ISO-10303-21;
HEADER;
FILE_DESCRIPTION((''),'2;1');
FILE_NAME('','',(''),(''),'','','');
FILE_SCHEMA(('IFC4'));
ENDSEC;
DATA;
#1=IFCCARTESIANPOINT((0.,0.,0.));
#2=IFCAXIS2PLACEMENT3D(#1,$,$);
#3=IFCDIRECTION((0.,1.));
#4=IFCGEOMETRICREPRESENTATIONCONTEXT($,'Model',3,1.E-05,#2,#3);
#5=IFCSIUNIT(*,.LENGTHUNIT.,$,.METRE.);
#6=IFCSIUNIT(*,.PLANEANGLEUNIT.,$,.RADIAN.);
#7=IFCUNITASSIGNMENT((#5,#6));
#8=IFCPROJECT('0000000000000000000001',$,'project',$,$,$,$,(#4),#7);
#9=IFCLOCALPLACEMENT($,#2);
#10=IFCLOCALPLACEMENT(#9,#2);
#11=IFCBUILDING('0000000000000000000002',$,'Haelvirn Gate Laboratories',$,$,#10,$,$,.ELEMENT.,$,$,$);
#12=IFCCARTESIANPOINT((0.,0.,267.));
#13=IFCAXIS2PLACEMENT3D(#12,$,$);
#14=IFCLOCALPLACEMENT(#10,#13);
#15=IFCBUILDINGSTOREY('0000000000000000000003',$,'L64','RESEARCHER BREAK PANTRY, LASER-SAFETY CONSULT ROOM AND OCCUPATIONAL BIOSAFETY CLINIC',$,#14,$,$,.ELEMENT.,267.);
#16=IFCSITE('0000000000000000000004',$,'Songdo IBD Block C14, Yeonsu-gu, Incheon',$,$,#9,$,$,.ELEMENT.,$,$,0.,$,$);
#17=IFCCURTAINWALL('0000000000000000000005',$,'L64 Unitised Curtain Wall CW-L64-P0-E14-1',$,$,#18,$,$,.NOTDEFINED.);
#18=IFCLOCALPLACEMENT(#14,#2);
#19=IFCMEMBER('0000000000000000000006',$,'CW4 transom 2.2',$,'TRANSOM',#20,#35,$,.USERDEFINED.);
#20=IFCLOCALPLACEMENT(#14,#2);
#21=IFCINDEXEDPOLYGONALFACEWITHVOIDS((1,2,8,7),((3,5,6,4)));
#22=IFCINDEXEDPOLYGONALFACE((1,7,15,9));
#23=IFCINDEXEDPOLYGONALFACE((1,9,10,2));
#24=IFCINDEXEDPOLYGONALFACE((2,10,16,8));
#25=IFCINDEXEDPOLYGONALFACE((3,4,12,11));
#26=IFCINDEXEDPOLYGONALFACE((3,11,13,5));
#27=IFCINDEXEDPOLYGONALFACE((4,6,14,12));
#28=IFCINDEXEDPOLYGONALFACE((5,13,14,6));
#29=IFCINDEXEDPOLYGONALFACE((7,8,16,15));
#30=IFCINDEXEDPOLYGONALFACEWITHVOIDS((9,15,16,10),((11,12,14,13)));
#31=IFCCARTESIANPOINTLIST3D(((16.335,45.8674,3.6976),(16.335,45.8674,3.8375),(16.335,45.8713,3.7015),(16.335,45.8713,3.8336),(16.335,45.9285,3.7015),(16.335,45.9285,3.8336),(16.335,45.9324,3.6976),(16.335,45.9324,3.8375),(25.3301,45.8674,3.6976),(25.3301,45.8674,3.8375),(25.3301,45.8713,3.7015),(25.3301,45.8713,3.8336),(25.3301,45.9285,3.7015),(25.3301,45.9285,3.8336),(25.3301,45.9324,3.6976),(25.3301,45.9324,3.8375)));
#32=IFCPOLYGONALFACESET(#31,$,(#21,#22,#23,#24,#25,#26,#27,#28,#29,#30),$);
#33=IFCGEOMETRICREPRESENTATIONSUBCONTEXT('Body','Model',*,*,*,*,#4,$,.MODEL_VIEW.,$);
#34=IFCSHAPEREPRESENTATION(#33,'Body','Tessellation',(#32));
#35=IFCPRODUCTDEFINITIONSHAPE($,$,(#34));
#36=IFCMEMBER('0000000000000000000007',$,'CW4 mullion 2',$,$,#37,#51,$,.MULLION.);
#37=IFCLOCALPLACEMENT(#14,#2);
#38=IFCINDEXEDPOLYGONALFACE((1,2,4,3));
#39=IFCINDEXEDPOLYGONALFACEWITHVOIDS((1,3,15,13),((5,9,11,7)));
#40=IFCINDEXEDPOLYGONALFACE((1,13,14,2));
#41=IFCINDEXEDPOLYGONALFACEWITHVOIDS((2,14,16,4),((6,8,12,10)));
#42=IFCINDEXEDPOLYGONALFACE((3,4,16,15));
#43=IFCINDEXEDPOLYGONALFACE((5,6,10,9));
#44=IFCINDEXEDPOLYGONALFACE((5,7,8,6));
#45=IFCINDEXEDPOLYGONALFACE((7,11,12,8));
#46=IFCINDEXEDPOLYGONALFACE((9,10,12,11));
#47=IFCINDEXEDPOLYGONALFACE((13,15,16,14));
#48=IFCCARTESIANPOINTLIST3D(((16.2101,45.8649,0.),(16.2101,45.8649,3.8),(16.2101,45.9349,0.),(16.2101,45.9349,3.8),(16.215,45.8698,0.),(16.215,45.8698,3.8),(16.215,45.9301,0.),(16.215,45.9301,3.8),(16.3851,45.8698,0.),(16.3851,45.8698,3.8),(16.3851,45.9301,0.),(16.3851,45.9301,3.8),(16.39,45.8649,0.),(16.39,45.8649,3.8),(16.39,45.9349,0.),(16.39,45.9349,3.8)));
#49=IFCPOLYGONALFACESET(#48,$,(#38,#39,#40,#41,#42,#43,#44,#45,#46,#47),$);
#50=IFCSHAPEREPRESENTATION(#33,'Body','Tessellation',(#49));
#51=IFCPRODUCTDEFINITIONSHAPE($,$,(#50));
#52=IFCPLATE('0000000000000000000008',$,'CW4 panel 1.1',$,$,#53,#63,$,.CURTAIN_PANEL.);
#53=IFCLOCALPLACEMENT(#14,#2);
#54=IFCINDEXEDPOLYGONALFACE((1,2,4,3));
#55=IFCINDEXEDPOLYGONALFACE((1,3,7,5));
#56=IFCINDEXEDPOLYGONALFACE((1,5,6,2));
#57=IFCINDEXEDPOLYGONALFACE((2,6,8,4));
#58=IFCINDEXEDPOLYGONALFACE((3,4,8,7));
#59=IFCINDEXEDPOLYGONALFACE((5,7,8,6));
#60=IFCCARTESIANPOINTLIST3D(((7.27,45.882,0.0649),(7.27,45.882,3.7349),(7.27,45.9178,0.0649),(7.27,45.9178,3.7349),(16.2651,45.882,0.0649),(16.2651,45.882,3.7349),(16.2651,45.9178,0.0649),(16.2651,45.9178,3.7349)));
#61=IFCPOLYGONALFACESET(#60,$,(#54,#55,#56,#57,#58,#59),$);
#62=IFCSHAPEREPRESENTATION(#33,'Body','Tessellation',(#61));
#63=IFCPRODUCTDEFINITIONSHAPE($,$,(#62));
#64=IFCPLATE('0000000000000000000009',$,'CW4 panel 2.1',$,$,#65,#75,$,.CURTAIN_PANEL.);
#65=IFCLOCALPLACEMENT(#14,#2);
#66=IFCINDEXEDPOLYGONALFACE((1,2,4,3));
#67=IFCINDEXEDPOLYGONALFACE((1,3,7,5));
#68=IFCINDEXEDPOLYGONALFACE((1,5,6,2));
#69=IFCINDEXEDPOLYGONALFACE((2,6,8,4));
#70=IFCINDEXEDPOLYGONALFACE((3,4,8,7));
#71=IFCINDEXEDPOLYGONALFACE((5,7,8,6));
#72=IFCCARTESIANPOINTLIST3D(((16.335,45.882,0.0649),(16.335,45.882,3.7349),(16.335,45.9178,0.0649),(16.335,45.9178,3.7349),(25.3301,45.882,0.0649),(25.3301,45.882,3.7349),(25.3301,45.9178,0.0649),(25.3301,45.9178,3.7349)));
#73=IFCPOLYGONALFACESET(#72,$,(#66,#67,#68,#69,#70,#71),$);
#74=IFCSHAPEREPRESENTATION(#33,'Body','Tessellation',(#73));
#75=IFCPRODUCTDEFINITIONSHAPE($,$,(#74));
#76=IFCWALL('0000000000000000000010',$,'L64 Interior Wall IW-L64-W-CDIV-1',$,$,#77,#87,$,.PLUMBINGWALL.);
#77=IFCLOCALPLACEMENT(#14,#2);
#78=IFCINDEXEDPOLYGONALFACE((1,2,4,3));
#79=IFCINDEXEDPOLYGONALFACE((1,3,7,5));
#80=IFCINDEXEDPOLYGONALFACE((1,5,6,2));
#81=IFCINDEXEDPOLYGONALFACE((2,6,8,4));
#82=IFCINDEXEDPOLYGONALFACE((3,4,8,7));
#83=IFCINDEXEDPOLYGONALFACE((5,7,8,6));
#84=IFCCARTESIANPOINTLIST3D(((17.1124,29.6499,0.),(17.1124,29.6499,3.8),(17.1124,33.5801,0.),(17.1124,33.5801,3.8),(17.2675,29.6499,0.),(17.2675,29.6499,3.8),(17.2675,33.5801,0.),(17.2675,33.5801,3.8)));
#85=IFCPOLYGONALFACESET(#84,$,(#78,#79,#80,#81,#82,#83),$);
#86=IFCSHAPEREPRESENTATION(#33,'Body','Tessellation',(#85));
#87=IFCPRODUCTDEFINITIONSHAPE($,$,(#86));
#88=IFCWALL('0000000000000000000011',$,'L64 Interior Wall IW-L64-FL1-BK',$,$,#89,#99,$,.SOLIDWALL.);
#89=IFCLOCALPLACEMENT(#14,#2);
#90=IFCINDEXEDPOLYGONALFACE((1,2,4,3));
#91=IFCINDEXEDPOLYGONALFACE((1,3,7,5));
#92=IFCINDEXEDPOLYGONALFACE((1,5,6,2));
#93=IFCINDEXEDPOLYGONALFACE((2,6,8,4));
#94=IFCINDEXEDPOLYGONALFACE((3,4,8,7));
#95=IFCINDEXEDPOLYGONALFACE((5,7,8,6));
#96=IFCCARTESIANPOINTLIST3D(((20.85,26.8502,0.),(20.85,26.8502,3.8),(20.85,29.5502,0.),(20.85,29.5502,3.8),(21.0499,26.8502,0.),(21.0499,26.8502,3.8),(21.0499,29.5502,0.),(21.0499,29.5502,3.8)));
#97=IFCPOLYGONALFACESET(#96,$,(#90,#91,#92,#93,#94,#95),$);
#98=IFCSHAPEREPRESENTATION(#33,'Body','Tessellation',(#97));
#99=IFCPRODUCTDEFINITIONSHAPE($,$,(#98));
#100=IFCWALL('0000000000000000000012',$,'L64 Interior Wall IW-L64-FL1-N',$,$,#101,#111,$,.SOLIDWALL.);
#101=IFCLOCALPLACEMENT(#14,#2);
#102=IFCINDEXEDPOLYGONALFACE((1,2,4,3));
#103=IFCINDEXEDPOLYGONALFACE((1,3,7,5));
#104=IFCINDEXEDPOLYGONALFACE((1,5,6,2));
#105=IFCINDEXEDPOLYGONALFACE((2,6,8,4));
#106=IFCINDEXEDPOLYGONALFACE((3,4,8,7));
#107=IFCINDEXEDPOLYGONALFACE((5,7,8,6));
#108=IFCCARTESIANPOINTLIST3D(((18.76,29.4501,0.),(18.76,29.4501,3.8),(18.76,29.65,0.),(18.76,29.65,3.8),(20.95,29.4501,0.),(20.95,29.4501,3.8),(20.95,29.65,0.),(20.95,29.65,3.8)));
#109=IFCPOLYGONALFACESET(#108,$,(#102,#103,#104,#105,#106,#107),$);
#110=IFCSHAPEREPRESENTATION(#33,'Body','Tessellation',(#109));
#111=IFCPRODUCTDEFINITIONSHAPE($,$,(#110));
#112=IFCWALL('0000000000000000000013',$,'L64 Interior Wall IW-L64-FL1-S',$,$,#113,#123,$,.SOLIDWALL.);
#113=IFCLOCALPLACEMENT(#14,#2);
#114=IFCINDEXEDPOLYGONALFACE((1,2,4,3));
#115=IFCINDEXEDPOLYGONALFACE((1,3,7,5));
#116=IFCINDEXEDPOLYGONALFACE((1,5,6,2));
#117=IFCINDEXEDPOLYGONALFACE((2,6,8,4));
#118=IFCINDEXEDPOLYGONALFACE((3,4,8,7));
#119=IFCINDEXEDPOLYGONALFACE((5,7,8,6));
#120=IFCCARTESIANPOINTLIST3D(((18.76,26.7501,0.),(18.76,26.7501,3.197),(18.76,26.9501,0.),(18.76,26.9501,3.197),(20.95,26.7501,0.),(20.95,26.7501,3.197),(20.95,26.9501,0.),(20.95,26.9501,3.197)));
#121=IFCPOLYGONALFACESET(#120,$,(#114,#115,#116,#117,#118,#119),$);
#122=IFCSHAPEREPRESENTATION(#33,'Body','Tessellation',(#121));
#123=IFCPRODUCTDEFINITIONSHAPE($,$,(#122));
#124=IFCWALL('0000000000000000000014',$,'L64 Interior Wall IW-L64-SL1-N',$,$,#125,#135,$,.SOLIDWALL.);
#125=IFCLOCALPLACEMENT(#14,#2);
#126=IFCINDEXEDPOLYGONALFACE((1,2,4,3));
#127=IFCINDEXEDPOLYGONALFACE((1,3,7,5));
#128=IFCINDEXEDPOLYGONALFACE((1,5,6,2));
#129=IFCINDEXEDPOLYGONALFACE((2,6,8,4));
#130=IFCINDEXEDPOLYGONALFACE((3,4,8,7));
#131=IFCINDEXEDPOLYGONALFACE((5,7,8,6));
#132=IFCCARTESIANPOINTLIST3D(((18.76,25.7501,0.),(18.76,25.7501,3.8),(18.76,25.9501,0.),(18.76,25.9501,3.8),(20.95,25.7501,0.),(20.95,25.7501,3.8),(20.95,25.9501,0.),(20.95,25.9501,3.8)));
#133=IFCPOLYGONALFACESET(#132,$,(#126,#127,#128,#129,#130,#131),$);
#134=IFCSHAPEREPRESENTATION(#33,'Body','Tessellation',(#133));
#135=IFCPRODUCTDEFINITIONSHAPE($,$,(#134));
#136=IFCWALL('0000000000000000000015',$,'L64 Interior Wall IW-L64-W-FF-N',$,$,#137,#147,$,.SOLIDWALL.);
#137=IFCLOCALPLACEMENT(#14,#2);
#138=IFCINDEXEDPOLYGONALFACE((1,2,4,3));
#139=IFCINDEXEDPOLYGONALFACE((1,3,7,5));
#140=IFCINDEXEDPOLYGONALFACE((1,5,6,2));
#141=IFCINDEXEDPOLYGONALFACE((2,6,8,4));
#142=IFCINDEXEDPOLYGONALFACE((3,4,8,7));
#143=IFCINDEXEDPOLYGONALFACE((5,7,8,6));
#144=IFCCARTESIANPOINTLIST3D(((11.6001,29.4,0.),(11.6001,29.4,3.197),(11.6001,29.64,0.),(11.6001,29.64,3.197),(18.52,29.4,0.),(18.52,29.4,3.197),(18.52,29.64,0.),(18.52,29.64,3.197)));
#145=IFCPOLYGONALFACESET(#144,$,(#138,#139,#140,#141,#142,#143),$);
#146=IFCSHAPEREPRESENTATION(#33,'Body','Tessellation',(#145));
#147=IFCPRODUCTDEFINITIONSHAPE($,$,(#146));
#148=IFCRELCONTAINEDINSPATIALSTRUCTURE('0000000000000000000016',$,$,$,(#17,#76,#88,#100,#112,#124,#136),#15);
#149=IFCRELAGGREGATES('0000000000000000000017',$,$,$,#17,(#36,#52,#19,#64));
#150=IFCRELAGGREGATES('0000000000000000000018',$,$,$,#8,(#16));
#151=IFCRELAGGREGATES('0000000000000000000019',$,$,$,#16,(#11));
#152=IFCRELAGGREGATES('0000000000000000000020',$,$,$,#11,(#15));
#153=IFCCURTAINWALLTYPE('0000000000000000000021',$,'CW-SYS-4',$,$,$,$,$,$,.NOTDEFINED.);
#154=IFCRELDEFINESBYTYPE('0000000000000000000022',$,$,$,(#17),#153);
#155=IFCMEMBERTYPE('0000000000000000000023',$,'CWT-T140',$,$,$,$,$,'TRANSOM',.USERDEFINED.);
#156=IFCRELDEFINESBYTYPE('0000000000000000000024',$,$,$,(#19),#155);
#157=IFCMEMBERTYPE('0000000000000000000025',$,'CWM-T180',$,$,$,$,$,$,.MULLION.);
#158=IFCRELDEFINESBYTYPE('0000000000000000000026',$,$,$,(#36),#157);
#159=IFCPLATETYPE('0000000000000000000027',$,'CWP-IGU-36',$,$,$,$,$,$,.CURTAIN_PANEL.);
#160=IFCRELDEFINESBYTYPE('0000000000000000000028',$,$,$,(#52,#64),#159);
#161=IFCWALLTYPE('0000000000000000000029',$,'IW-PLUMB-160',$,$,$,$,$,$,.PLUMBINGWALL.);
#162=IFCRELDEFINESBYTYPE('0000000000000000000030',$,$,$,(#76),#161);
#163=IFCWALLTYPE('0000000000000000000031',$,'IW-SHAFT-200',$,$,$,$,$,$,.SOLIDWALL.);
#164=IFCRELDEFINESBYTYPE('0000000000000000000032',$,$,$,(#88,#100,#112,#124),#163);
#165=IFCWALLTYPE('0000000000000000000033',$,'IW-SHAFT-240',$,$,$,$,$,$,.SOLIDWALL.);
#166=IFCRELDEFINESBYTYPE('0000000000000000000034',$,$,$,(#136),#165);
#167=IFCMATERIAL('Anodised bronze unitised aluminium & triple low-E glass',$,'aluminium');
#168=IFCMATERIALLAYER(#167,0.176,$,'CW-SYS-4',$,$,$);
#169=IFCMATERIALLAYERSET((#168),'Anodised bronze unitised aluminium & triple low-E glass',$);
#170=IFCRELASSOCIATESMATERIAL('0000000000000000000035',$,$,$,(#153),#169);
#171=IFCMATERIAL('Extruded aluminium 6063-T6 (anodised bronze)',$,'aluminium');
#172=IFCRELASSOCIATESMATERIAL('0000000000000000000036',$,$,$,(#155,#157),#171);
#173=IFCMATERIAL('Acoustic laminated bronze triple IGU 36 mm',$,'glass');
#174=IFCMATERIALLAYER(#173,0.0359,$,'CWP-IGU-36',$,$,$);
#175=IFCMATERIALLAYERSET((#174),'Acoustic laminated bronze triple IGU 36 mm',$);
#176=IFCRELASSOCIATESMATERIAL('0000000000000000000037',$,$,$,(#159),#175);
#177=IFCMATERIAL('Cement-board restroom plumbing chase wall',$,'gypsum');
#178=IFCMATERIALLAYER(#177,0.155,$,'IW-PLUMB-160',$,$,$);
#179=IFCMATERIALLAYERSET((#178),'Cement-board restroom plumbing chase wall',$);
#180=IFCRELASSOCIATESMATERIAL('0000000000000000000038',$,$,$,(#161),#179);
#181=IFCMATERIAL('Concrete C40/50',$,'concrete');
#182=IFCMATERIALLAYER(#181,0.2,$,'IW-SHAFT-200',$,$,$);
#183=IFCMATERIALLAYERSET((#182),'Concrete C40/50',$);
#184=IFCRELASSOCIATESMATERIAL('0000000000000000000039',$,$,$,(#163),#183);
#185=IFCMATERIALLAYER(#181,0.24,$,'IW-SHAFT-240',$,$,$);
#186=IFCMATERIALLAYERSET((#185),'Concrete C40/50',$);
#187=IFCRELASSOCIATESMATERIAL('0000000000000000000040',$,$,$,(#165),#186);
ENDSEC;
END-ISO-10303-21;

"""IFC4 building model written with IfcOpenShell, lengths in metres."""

from ifc_helpers import new_model, si_unit, direction, frame, frame_2d, origin, origin_2d, place, context, subcontext, project, spatial, rectangle, hollow_rectangle, extrude, source, transform, mapped, material, layer, layer_set, material_profile, profile_set, type_object, type_shapes, element, aggregate, save


model = new_model("IFC4")

# Units and contexts
model_context = context("Model", 3, precision=1e-05, world=origin(), true_north=direction((0.0, 1.0)))
body_context = subcontext(model_context, "Body", "Model", "MODEL_VIEW")
ifc_project = project(units=[si_unit("LENGTHUNIT", "METRE"), si_unit("PLANEANGLEUNIT", "RADIAN")], contexts=[model_context])

# Site, building, storey
site_placement = place(None, origin())
site = spatial("IfcSite", under=ifc_project, at=site_placement, Name="Songdo IBD Block C14, Yeonsu-gu, Incheon", CompositionType="ELEMENT", RefElevation=0.0)
building_placement = place(site_placement, origin())
building = spatial("IfcBuilding", under=site, at=building_placement, Name="Haelvirn Gate Laboratories", CompositionType="ELEMENT")
storey_placement = place(building_placement, frame((0.0, 0.0, 267.0)))
storey = spatial("IfcBuildingStorey", under=building, at=storey_placement, Name="L64", Description="RESEARCHER BREAK PANTRY, LASER-SAFETY CONSULT ROOM AND OCCUPATIONAL BIOSAFETY CLINIC", CompositionType="ELEMENT", Elevation=267.0)

# Curtain wall, members, plates
ifc_material_1 = material(Name="Anodised bronze unitised aluminium & triple low-E glass", Category="aluminium")
ifc_layer_1 = layer(ifc_material_1, 0.176, Name="CW-SYS-4")
ifc_layer_set_1 = layer_set([ifc_layer_1], Name="Anodised bronze unitised aluminium & triple low-E glass")
curtain_wall_type = type_object("IfcCurtainWallType", Name="CW-SYS-4", PredefinedType="NOTDEFINED", material=ifc_layer_set_1)
curtain_wall_placement = place(storey_placement, origin())
curtain_wall = element("IfcCurtainWall", 1, at=curtain_wall_placement, inside=storey, type_object=curtain_wall_type, Name="L64 Unitised Curtain Wall CW-L64-P0-E14-1", PredefinedType="NOTDEFINED")
ifc_material_2 = material(Name="Extruded aluminium 6063-T6 (anodised bronze)", Category="aluminium")
ifc_material_profile_1 = material_profile(ifc_material_2, hollow_rectangle(XDim=0.0649, YDim=0.1399, WallThickness=0.0039, at=origin_2d()), Name="CWT-140x65x4")
ifc_profile_set_1 = profile_set([ifc_material_profile_1], Name="Extruded aluminium 6063-T6 (anodised bronze)")
member_type_1 = type_object("IfcMemberType", Name="CWT-T140", ElementType="TRANSOM", PredefinedType="USERDEFINED", material=ifc_profile_set_1)
shared_shape_1 = source(origin(), body_context, "Body", "SweptSolid", [
    extrude(hollow_rectangle(XDim=0.0649, YDim=0.1399, WallThickness=0.0039, at=origin_2d()), origin(), (0.0, 0.0, 1.0), 8.9951),
])
type_shapes(member_type_1, [shared_shape_1])
member_1_placement = place(storey_placement, frame((16.335, 45.8999, 3.7676), z_axis=(1.0, 0.0, 0.0), x_axis=(0.0, 1.0, 0.0)))
member_1 = element("IfcMember", 2, at=member_1_placement, type_object=member_type_1, Name="CW4 transom 2.2", ObjectType="TRANSOM", PredefinedType="USERDEFINED", context=body_context, shape_type="MappedRepresentation", body=[
    mapped(shared_shape_1, transform((0.0, 0.0, 0.0), scale=1.0)),
])
ifc_material_profile_2 = material_profile(ifc_material_2, hollow_rectangle(XDim=0.0701, YDim=0.1799, WallThickness=0.0049, at=origin_2d()), Name="CWM-180x70x5")
ifc_profile_set_2 = profile_set([ifc_material_profile_2], Name="Extruded aluminium 6063-T6 (anodised bronze)")
member_type_2 = type_object("IfcMemberType", Name="CWM-T180", PredefinedType="MULLION", material=ifc_profile_set_2)
shared_shape_2 = source(origin(), body_context, "Body", "SweptSolid", [
    extrude(hollow_rectangle(XDim=0.0701, YDim=0.1799, WallThickness=0.0049, at=origin_2d()), origin(), (0.0, 0.0, 1.0), 3.8),
])
type_shapes(member_type_2, [shared_shape_2])
member_2_placement = place(storey_placement, frame((16.3, 45.8999, 0.0), z_axis=(0.0, 0.0, 1.0), x_axis=(0.0, 1.0, 0.0)))
member_2 = element("IfcMember", 3, at=member_2_placement, type_object=member_type_2, Name="CW4 mullion 2", PredefinedType="MULLION", context=body_context, shape_type="MappedRepresentation", body=[
    mapped(shared_shape_2, transform((0.0, 0.0, 0.0), scale=1.0)),
])
ifc_material_3 = material(Name="Acoustic laminated bronze triple IGU 36 mm", Category="glass")
ifc_layer_2 = layer(ifc_material_3, 0.0359, Name="CWP-IGU-36")
ifc_layer_set_2 = layer_set([ifc_layer_2], Name="Acoustic laminated bronze triple IGU 36 mm")
plate_type = type_object("IfcPlateType", Name="CWP-IGU-36", PredefinedType="CURTAIN_PANEL", material=ifc_layer_set_2)
shared_shape_3 = source(origin(), body_context, "Body", "SweptSolid", [
    extrude(rectangle(XDim=8.9951, YDim=0.0359, at=origin_2d()), origin(), (0.0, 0.0, 1.0), 3.6699),
])
type_shapes(plate_type, [shared_shape_3])
plate_1_placement = place(storey_placement, frame((11.7676, 45.8999, 0.0649), z_axis=(0.0, 0.0, 1.0), x_axis=(1.0, 0.0, 0.0)))
plate_1 = element("IfcPlate", 4, at=plate_1_placement, type_object=plate_type, Name="CW4 panel 1.1", PredefinedType="CURTAIN_PANEL", context=body_context, shape_type="MappedRepresentation", body=[
    mapped(shared_shape_3, transform((0.0, 0.0, 0.0), scale=1.0)),
])
plate_2_placement = place(storey_placement, frame((20.8325, 45.8999, 0.0649), z_axis=(0.0, 0.0, 1.0), x_axis=(1.0, 0.0, 0.0)))
plate_2 = element("IfcPlate", 5, at=plate_2_placement, type_object=plate_type, Name="CW4 panel 2.1", PredefinedType="CURTAIN_PANEL", context=body_context, shape_type="MappedRepresentation", body=[
    mapped(shared_shape_3, transform((0.0, 0.0, 0.0), scale=1.0)),
])
aggregate(curtain_wall, [member_2, plate_1, member_1, plate_2])

# Walls
ifc_material_4 = material(Name="Cement-board restroom plumbing chase wall", Category="gypsum")
ifc_layer_3 = layer(ifc_material_4, 0.155, Name="IW-PLUMB-160")
ifc_layer_set_3 = layer_set([ifc_layer_3], Name="Cement-board restroom plumbing chase wall")
wall_type_1 = type_object("IfcWallType", Name="IW-PLUMB-160", PredefinedType="PLUMBINGWALL", material=ifc_layer_set_3)
wall_1_placement = place(storey_placement, frame((17.1899, 29.6499, 0.0), z_axis=(0.0, 0.0, 1.0), x_axis=(0.0, 1.0, 0.0)))
element("IfcWall", 6, at=wall_1_placement, inside=storey, type_object=wall_type_1, Name="L64 Interior Wall IW-L64-W-CDIV-1", PredefinedType="PLUMBINGWALL", context=body_context, shape_type="SweptSolid", body=[
    extrude(rectangle(XDim=3.9302, YDim=0.155, at=frame_2d((1.9651, 0.0))), origin(), (0.0, 0.0, 1.0), 3.8),
])
ifc_material_5 = material(Name="Concrete C40/50", Category="concrete")
ifc_layer_4 = layer(ifc_material_5, 0.2, Name="IW-SHAFT-200")
ifc_layer_set_4 = layer_set([ifc_layer_4], Name="Concrete C40/50")
wall_type_2 = type_object("IfcWallType", Name="IW-SHAFT-200", PredefinedType="SOLIDWALL", material=ifc_layer_set_4)
wall_2_placement = place(storey_placement, frame((20.95, 26.8501, 0.0), z_axis=(0.0, 0.0, 1.0), x_axis=(0.0, 1.0, 0.0)))
element("IfcWall", 7, at=wall_2_placement, inside=storey, type_object=wall_type_2, Name="L64 Interior Wall IW-L64-FL1-BK", PredefinedType="SOLIDWALL", context=body_context, shape_type="SweptSolid", body=[
    extrude(rectangle(XDim=2.7, YDim=0.2, at=frame_2d((1.3501, 0.0))), origin(), (0.0, 0.0, 1.0), 3.8),
])
wall_3_placement = place(storey_placement, frame((18.76, 29.55, 0.0), z_axis=(0.0, 0.0, 1.0), x_axis=(1.0, 0.0, 0.0)))
element("IfcWall", 8, at=wall_3_placement, inside=storey, type_object=wall_type_2, Name="L64 Interior Wall IW-L64-FL1-N", PredefinedType="SOLIDWALL", context=body_context, shape_type="SweptSolid", body=[
    extrude(rectangle(XDim=2.1899, YDim=0.2, at=frame_2d((1.095, 0.0))), origin(), (0.0, 0.0, 1.0), 3.8),
])
wall_4_placement = place(storey_placement, frame((18.76, 26.8501, 0.0), z_axis=(0.0, 0.0, 1.0), x_axis=(1.0, 0.0, 0.0)))
element("IfcWall", 9, at=wall_4_placement, inside=storey, type_object=wall_type_2, Name="L64 Interior Wall IW-L64-FL1-S", PredefinedType="SOLIDWALL", context=body_context, shape_type="SweptSolid", body=[
    extrude(rectangle(XDim=2.1899, YDim=0.2, at=frame_2d((1.095, 0.0))), origin(), (0.0, 0.0, 1.0), 3.197),
])
wall_5_placement = place(storey_placement, frame((18.76, 25.8501, 0.0), z_axis=(0.0, 0.0, 1.0), x_axis=(1.0, 0.0, 0.0)))
element("IfcWall", 10, at=wall_5_placement, inside=storey, type_object=wall_type_2, Name="L64 Interior Wall IW-L64-SL1-N", PredefinedType="SOLIDWALL", context=body_context, shape_type="SweptSolid", body=[
    extrude(rectangle(XDim=2.1899, YDim=0.2, at=frame_2d((1.095, 0.0))), origin(), (0.0, 0.0, 1.0), 3.8),
])
ifc_layer_5 = layer(ifc_material_5, 0.24, Name="IW-SHAFT-240")
ifc_layer_set_5 = layer_set([ifc_layer_5], Name="Concrete C40/50")
wall_type_3 = type_object("IfcWallType", Name="IW-SHAFT-240", PredefinedType="SOLIDWALL", material=ifc_layer_set_5)
wall_6_placement = place(storey_placement, frame((11.6001, 29.52, 0.0), z_axis=(0.0, 0.0, 1.0), x_axis=(1.0, 0.0, 0.0)))
element("IfcWall", 11, at=wall_6_placement, inside=storey, type_object=wall_type_3, Name="L64 Interior Wall IW-L64-W-FF-N", PredefinedType="SOLIDWALL", context=body_context, shape_type="SweptSolid", body=[
    extrude(rectangle(XDim=6.9199, YDim=0.24, at=frame_2d((3.46, 0.0))), origin(), (0.0, 0.0, 1.0), 3.197),
])

save(model, "model.ifc")
